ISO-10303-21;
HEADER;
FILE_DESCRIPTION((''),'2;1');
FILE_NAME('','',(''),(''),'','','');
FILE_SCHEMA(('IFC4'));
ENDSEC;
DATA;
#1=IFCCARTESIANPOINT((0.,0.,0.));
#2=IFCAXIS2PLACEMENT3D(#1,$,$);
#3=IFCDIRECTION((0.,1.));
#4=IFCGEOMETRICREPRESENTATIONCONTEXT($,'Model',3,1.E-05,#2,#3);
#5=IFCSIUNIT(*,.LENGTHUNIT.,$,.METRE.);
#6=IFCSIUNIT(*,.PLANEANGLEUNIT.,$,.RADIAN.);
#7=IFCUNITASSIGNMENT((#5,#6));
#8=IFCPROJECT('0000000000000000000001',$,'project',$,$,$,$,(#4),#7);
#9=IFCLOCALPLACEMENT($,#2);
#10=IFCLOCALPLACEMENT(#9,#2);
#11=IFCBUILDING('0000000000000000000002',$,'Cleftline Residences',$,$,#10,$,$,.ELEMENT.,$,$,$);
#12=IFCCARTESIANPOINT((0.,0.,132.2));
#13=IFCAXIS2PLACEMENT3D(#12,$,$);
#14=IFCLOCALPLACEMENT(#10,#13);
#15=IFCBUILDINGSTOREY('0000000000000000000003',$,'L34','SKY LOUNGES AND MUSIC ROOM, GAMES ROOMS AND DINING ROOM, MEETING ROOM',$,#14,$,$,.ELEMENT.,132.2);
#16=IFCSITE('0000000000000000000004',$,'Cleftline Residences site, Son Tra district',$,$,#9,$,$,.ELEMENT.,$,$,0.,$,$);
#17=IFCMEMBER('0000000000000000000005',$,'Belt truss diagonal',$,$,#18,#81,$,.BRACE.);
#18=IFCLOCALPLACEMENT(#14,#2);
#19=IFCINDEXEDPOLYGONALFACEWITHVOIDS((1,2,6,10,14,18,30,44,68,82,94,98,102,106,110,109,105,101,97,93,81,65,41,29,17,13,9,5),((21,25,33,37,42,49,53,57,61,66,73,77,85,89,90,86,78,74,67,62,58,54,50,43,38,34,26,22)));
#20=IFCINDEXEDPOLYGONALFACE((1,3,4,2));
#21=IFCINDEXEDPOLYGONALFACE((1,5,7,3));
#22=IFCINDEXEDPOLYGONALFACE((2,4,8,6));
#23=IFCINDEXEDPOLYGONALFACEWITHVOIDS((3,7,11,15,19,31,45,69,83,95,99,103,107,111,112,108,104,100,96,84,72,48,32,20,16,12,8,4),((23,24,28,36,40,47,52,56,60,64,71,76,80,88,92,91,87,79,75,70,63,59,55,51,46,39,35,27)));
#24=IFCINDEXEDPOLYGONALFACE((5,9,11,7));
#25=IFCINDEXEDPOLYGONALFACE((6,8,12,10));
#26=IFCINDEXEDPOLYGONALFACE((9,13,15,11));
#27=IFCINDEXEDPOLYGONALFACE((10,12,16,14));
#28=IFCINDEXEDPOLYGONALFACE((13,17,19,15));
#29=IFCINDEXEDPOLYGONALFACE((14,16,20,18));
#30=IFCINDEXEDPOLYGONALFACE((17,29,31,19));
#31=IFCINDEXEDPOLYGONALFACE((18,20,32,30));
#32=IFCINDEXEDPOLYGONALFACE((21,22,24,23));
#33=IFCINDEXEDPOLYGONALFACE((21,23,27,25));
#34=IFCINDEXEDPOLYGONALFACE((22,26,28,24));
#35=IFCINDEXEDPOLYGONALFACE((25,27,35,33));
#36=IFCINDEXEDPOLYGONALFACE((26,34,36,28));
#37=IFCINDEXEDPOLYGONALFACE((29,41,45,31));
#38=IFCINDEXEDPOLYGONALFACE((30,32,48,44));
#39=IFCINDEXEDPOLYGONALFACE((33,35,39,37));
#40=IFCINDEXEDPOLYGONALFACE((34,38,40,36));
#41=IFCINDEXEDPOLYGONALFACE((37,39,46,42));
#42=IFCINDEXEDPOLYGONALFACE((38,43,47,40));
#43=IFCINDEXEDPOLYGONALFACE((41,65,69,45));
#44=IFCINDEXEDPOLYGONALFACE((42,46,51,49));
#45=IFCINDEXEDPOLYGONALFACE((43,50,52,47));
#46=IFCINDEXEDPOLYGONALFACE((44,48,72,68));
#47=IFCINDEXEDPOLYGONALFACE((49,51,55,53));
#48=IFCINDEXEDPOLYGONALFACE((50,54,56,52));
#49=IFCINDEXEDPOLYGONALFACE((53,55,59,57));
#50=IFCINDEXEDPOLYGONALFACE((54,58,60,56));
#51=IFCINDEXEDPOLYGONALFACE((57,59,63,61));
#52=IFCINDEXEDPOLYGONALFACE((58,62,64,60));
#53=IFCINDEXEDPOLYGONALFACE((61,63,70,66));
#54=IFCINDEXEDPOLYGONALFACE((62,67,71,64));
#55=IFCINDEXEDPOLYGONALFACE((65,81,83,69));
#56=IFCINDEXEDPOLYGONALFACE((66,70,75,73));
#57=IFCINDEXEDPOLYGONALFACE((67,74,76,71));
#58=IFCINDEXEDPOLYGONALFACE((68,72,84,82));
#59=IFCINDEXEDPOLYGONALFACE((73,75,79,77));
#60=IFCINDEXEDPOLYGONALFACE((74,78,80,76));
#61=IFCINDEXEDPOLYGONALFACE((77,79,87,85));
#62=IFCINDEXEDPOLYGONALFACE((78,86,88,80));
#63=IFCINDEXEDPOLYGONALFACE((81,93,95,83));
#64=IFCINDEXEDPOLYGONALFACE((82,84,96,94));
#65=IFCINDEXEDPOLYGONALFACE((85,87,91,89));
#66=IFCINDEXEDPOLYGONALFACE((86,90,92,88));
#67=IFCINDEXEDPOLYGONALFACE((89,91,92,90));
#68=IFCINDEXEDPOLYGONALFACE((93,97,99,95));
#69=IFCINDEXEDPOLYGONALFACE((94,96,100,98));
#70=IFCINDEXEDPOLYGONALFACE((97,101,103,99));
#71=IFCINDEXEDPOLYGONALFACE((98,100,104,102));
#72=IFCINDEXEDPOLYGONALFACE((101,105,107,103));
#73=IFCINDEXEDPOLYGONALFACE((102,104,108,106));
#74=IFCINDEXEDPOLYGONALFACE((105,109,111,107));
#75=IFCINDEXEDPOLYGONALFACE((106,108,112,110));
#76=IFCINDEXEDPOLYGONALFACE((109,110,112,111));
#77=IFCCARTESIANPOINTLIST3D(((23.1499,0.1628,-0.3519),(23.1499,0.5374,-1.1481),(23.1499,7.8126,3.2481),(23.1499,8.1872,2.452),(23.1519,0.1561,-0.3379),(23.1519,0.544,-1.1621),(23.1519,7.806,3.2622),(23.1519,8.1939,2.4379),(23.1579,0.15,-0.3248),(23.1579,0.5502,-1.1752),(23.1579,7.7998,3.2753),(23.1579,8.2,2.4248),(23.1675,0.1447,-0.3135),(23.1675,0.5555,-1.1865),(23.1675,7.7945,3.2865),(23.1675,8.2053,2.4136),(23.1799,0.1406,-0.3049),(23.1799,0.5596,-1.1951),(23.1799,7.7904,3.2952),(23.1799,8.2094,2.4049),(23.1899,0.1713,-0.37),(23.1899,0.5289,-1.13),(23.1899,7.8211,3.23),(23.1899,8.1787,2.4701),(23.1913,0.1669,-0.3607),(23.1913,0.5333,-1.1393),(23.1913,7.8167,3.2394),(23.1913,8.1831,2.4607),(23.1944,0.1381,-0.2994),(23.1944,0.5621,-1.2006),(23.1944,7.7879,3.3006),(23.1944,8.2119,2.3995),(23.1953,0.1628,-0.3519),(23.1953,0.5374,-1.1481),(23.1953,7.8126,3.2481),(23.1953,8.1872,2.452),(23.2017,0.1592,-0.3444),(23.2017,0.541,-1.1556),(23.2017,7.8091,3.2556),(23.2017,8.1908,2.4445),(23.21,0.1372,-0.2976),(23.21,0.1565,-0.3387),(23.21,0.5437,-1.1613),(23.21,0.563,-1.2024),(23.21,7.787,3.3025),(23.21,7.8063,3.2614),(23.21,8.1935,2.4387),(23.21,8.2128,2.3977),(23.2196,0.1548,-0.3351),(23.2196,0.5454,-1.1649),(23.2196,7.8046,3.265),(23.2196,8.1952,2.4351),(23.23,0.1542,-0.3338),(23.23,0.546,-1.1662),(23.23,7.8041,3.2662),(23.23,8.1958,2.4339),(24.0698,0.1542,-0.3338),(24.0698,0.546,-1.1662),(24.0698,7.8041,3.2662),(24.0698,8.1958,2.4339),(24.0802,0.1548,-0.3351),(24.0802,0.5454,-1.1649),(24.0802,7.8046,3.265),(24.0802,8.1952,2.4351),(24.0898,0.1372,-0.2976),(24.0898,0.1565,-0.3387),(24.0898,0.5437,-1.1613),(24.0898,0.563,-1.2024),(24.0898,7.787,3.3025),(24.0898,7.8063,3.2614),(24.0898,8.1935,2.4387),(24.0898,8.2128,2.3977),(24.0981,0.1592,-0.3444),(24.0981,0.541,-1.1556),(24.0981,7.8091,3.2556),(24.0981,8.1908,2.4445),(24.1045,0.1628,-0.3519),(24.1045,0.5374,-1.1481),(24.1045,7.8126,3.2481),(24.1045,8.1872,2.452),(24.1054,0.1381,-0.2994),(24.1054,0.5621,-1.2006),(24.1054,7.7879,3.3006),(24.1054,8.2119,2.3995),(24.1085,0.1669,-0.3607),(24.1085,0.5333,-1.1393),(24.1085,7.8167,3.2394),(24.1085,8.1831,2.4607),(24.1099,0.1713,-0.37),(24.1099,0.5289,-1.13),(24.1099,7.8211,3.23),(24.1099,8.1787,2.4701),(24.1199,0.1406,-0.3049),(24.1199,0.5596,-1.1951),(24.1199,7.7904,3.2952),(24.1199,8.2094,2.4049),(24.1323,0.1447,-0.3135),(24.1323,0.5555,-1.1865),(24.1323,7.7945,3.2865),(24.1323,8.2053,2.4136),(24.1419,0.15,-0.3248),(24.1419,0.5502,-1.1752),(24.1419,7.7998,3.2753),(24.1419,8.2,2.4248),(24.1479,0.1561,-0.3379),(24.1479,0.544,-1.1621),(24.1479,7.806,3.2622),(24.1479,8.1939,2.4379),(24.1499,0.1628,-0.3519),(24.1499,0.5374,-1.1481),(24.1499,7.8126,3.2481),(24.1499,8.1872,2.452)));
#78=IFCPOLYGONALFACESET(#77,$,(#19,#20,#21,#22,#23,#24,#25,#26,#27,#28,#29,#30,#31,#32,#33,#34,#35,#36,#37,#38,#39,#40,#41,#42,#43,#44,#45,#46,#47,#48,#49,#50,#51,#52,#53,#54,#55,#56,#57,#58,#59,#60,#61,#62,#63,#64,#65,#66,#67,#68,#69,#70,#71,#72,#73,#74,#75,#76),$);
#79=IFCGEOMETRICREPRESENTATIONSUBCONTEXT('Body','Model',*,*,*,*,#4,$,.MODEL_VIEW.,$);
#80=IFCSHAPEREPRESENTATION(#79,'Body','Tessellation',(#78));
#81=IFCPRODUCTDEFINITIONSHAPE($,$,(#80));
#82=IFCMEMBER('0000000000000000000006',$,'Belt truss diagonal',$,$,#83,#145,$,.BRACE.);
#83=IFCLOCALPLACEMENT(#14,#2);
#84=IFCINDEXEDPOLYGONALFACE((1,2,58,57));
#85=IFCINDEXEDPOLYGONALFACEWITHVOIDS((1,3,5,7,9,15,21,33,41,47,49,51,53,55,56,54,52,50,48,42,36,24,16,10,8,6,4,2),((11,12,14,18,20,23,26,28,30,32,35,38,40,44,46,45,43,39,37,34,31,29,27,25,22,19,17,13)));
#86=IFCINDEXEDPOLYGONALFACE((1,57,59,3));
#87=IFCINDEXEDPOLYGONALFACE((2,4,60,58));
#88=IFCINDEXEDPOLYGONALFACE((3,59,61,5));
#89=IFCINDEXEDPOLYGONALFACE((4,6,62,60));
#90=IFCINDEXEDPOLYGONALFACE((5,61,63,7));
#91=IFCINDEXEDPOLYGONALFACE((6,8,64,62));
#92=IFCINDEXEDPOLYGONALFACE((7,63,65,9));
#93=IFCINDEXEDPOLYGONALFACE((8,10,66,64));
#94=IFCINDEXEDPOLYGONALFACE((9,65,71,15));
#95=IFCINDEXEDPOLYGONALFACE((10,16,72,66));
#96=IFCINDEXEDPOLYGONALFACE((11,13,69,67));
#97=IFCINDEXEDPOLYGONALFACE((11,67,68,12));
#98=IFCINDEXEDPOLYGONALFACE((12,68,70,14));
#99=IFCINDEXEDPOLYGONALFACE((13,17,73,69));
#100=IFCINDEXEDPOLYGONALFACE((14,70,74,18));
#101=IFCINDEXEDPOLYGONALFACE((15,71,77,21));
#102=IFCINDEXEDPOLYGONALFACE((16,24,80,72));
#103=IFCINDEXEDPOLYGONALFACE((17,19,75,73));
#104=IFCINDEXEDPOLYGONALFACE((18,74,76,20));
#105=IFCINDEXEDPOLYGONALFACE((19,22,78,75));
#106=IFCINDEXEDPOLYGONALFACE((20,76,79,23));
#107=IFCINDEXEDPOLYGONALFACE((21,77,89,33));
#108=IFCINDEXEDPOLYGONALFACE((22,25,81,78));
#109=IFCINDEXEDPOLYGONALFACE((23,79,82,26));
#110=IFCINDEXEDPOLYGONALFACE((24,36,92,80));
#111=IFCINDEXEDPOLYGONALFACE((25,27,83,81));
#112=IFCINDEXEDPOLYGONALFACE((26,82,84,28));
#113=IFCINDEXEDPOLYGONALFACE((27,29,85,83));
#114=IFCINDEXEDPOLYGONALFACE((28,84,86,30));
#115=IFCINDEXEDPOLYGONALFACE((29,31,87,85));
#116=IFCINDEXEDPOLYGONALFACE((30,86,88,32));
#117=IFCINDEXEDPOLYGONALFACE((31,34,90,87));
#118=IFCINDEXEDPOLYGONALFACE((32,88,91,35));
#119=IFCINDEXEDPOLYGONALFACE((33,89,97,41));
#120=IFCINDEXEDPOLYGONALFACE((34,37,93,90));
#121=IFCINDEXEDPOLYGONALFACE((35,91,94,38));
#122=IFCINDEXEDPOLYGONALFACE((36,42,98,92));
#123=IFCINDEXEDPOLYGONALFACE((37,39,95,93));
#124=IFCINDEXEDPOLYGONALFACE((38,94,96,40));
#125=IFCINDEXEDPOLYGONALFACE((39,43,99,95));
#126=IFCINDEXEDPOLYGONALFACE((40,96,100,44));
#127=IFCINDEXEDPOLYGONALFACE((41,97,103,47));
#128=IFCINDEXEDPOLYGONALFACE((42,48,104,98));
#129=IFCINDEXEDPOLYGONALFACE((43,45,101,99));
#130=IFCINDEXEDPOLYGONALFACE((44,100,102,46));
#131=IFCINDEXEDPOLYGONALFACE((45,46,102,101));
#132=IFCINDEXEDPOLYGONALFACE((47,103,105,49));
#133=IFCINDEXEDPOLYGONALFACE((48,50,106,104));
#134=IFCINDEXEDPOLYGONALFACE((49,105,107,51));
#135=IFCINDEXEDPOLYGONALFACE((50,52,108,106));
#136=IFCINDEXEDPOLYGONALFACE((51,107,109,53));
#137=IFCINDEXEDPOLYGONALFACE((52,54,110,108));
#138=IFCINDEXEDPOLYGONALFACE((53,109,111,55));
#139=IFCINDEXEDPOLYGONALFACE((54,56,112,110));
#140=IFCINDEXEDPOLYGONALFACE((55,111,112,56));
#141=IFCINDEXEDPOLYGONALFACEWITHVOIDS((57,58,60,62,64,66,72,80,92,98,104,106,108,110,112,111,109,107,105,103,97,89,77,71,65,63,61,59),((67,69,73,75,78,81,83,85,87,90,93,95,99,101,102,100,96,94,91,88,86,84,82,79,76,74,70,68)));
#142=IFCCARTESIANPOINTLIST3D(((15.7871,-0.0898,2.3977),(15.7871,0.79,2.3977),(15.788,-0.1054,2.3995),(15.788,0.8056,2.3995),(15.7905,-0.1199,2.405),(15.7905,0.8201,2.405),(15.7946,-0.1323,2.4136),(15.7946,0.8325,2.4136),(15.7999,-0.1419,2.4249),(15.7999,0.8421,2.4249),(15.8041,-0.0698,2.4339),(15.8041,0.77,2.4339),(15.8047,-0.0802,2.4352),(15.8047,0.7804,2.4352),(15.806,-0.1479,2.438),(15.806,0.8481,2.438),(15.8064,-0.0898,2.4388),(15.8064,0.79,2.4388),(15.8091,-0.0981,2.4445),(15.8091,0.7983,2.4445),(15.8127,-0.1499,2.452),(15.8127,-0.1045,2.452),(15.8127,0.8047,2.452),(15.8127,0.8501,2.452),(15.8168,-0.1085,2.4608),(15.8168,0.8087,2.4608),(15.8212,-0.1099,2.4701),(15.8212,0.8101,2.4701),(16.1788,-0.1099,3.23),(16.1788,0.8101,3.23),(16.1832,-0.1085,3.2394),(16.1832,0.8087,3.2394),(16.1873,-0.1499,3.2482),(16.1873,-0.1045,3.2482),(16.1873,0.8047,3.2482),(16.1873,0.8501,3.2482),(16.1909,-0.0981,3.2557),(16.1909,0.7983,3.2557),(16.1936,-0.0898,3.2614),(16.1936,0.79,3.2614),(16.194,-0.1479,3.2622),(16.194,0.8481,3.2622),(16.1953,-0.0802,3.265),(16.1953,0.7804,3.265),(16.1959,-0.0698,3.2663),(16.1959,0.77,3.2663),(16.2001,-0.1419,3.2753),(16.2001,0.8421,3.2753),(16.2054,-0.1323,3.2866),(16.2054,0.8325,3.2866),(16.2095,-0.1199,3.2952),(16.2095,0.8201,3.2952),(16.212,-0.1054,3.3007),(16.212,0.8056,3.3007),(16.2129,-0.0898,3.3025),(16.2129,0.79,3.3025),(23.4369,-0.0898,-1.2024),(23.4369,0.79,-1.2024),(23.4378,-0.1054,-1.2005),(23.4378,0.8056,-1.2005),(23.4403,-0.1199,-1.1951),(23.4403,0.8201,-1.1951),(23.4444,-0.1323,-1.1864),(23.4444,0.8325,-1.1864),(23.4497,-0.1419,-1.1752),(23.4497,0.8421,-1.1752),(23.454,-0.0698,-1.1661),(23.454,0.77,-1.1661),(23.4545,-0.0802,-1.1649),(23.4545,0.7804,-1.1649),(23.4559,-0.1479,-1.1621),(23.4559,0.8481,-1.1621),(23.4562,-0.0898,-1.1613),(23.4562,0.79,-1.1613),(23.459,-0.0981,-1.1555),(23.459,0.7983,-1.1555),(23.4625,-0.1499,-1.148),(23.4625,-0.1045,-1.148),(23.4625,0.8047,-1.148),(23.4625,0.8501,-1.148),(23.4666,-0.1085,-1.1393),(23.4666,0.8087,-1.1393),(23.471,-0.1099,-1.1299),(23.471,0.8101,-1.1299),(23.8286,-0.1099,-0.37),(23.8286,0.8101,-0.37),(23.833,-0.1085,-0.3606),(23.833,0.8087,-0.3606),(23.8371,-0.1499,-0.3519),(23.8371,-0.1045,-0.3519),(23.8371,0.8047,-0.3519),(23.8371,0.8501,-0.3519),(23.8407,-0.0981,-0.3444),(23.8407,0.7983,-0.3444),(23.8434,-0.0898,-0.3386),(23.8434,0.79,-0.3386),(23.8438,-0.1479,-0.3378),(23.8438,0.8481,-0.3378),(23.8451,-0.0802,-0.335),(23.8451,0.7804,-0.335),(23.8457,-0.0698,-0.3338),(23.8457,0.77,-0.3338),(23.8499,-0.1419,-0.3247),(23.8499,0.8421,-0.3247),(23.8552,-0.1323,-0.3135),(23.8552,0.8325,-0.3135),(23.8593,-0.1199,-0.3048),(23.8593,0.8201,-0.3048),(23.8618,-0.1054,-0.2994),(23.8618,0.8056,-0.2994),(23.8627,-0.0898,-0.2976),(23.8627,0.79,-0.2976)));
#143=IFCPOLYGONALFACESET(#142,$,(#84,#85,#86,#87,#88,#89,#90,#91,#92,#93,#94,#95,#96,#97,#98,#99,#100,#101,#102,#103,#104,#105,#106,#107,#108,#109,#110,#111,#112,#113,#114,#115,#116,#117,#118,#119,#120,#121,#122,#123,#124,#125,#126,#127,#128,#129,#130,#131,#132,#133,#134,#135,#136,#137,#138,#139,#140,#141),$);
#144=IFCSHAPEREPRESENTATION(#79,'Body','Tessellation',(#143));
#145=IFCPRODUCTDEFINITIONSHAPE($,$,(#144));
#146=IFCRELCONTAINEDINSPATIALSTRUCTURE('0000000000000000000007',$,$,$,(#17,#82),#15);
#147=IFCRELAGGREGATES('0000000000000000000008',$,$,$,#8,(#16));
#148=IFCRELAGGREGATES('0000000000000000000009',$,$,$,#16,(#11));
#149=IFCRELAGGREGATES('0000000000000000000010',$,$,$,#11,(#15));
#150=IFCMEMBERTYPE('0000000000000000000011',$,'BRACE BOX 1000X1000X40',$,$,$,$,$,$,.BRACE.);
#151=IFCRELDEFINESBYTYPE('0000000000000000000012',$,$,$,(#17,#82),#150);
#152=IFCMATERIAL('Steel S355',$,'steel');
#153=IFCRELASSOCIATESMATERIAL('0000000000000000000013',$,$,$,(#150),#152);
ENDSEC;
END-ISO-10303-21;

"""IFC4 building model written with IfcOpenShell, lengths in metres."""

from ifc_helpers import new_model, si_unit, direction, frame, origin, origin_2d, place, context, subcontext, project, spatial, hollow_rectangle, extrude, material, material_profile, profile_set, type_object, element, save


model = new_model("IFC4")

# Units and contexts
model_context = context("Model", 3, precision=1e-05, world=origin(), true_north=direction((0.0, 1.0)))
body_context = subcontext(model_context, "Body", "Model", "MODEL_VIEW")
ifc_project = project(units=[si_unit("LENGTHUNIT", "METRE"), si_unit("PLANEANGLEUNIT", "RADIAN")], contexts=[model_context])

# Site, building, storey
site_placement = place(None, origin())
site = spatial("IfcSite", under=ifc_project, at=site_placement, Name="Cleftline Residences site, Son Tra district", CompositionType="ELEMENT", RefElevation=0.0)
building_placement = place(site_placement, origin())
building = spatial("IfcBuilding", under=site, at=building_placement, Name="Cleftline Residences", CompositionType="ELEMENT")
storey_placement = place(building_placement, frame((0.0, 0.0, 132.2)))
storey = spatial("IfcBuildingStorey", under=building, at=storey_placement, Name="L34", Description="SKY LOUNGES AND MUSIC ROOM, GAMES ROOMS AND DINING ROOM, MEETING ROOM", CompositionType="ELEMENT", Elevation=132.2)

# Members
ifc_material_1 = material(Name="Steel S355", Category="steel")
ifc_material_profile_1 = material_profile(ifc_material_1, hollow_rectangle(XDim=1.0, YDim=1.0, WallThickness=0.04, InnerFilletRadius=0.04, OuterFilletRadius=0.0601, at=origin_2d()))
ifc_profile_set_1 = profile_set([ifc_material_profile_1], Name="Steel S355")
member_type_1 = type_object("IfcMemberType", Name="BRACE BOX 1000X1000X40", PredefinedType="BRACE", material=ifc_profile_set_1)
for number, where, z_axis, x_axis, name in (
    (1, (23.6499, 0.3501, -0.75), (0.0, 0.904812, 0.425811), (0.0, -0.425811, 0.904812), "Belt truss diagonal"),
    (2, (16.0, 0.3501, 2.8501), (0.904812, 0.0, -0.425811), (0.425811, 0.0, 0.904812), "Belt truss diagonal"),
):
    element("IfcMember", number, at=place(storey_placement, frame(where, z_axis=z_axis, x_axis=x_axis)), inside=storey, type_object=member_type_1, Name=name, PredefinedType="BRACE", context=body_context, shape_type="SweptSolid", body=[
        extrude(hollow_rectangle(XDim=1.0, YDim=1.0, WallThickness=0.04, InnerFilletRadius=0.04, OuterFilletRadius=0.0601, at=origin_2d()), origin(), (0.0, 0.0, 1.0), 8.4546),
    ])

save(model, "model.ifc")
